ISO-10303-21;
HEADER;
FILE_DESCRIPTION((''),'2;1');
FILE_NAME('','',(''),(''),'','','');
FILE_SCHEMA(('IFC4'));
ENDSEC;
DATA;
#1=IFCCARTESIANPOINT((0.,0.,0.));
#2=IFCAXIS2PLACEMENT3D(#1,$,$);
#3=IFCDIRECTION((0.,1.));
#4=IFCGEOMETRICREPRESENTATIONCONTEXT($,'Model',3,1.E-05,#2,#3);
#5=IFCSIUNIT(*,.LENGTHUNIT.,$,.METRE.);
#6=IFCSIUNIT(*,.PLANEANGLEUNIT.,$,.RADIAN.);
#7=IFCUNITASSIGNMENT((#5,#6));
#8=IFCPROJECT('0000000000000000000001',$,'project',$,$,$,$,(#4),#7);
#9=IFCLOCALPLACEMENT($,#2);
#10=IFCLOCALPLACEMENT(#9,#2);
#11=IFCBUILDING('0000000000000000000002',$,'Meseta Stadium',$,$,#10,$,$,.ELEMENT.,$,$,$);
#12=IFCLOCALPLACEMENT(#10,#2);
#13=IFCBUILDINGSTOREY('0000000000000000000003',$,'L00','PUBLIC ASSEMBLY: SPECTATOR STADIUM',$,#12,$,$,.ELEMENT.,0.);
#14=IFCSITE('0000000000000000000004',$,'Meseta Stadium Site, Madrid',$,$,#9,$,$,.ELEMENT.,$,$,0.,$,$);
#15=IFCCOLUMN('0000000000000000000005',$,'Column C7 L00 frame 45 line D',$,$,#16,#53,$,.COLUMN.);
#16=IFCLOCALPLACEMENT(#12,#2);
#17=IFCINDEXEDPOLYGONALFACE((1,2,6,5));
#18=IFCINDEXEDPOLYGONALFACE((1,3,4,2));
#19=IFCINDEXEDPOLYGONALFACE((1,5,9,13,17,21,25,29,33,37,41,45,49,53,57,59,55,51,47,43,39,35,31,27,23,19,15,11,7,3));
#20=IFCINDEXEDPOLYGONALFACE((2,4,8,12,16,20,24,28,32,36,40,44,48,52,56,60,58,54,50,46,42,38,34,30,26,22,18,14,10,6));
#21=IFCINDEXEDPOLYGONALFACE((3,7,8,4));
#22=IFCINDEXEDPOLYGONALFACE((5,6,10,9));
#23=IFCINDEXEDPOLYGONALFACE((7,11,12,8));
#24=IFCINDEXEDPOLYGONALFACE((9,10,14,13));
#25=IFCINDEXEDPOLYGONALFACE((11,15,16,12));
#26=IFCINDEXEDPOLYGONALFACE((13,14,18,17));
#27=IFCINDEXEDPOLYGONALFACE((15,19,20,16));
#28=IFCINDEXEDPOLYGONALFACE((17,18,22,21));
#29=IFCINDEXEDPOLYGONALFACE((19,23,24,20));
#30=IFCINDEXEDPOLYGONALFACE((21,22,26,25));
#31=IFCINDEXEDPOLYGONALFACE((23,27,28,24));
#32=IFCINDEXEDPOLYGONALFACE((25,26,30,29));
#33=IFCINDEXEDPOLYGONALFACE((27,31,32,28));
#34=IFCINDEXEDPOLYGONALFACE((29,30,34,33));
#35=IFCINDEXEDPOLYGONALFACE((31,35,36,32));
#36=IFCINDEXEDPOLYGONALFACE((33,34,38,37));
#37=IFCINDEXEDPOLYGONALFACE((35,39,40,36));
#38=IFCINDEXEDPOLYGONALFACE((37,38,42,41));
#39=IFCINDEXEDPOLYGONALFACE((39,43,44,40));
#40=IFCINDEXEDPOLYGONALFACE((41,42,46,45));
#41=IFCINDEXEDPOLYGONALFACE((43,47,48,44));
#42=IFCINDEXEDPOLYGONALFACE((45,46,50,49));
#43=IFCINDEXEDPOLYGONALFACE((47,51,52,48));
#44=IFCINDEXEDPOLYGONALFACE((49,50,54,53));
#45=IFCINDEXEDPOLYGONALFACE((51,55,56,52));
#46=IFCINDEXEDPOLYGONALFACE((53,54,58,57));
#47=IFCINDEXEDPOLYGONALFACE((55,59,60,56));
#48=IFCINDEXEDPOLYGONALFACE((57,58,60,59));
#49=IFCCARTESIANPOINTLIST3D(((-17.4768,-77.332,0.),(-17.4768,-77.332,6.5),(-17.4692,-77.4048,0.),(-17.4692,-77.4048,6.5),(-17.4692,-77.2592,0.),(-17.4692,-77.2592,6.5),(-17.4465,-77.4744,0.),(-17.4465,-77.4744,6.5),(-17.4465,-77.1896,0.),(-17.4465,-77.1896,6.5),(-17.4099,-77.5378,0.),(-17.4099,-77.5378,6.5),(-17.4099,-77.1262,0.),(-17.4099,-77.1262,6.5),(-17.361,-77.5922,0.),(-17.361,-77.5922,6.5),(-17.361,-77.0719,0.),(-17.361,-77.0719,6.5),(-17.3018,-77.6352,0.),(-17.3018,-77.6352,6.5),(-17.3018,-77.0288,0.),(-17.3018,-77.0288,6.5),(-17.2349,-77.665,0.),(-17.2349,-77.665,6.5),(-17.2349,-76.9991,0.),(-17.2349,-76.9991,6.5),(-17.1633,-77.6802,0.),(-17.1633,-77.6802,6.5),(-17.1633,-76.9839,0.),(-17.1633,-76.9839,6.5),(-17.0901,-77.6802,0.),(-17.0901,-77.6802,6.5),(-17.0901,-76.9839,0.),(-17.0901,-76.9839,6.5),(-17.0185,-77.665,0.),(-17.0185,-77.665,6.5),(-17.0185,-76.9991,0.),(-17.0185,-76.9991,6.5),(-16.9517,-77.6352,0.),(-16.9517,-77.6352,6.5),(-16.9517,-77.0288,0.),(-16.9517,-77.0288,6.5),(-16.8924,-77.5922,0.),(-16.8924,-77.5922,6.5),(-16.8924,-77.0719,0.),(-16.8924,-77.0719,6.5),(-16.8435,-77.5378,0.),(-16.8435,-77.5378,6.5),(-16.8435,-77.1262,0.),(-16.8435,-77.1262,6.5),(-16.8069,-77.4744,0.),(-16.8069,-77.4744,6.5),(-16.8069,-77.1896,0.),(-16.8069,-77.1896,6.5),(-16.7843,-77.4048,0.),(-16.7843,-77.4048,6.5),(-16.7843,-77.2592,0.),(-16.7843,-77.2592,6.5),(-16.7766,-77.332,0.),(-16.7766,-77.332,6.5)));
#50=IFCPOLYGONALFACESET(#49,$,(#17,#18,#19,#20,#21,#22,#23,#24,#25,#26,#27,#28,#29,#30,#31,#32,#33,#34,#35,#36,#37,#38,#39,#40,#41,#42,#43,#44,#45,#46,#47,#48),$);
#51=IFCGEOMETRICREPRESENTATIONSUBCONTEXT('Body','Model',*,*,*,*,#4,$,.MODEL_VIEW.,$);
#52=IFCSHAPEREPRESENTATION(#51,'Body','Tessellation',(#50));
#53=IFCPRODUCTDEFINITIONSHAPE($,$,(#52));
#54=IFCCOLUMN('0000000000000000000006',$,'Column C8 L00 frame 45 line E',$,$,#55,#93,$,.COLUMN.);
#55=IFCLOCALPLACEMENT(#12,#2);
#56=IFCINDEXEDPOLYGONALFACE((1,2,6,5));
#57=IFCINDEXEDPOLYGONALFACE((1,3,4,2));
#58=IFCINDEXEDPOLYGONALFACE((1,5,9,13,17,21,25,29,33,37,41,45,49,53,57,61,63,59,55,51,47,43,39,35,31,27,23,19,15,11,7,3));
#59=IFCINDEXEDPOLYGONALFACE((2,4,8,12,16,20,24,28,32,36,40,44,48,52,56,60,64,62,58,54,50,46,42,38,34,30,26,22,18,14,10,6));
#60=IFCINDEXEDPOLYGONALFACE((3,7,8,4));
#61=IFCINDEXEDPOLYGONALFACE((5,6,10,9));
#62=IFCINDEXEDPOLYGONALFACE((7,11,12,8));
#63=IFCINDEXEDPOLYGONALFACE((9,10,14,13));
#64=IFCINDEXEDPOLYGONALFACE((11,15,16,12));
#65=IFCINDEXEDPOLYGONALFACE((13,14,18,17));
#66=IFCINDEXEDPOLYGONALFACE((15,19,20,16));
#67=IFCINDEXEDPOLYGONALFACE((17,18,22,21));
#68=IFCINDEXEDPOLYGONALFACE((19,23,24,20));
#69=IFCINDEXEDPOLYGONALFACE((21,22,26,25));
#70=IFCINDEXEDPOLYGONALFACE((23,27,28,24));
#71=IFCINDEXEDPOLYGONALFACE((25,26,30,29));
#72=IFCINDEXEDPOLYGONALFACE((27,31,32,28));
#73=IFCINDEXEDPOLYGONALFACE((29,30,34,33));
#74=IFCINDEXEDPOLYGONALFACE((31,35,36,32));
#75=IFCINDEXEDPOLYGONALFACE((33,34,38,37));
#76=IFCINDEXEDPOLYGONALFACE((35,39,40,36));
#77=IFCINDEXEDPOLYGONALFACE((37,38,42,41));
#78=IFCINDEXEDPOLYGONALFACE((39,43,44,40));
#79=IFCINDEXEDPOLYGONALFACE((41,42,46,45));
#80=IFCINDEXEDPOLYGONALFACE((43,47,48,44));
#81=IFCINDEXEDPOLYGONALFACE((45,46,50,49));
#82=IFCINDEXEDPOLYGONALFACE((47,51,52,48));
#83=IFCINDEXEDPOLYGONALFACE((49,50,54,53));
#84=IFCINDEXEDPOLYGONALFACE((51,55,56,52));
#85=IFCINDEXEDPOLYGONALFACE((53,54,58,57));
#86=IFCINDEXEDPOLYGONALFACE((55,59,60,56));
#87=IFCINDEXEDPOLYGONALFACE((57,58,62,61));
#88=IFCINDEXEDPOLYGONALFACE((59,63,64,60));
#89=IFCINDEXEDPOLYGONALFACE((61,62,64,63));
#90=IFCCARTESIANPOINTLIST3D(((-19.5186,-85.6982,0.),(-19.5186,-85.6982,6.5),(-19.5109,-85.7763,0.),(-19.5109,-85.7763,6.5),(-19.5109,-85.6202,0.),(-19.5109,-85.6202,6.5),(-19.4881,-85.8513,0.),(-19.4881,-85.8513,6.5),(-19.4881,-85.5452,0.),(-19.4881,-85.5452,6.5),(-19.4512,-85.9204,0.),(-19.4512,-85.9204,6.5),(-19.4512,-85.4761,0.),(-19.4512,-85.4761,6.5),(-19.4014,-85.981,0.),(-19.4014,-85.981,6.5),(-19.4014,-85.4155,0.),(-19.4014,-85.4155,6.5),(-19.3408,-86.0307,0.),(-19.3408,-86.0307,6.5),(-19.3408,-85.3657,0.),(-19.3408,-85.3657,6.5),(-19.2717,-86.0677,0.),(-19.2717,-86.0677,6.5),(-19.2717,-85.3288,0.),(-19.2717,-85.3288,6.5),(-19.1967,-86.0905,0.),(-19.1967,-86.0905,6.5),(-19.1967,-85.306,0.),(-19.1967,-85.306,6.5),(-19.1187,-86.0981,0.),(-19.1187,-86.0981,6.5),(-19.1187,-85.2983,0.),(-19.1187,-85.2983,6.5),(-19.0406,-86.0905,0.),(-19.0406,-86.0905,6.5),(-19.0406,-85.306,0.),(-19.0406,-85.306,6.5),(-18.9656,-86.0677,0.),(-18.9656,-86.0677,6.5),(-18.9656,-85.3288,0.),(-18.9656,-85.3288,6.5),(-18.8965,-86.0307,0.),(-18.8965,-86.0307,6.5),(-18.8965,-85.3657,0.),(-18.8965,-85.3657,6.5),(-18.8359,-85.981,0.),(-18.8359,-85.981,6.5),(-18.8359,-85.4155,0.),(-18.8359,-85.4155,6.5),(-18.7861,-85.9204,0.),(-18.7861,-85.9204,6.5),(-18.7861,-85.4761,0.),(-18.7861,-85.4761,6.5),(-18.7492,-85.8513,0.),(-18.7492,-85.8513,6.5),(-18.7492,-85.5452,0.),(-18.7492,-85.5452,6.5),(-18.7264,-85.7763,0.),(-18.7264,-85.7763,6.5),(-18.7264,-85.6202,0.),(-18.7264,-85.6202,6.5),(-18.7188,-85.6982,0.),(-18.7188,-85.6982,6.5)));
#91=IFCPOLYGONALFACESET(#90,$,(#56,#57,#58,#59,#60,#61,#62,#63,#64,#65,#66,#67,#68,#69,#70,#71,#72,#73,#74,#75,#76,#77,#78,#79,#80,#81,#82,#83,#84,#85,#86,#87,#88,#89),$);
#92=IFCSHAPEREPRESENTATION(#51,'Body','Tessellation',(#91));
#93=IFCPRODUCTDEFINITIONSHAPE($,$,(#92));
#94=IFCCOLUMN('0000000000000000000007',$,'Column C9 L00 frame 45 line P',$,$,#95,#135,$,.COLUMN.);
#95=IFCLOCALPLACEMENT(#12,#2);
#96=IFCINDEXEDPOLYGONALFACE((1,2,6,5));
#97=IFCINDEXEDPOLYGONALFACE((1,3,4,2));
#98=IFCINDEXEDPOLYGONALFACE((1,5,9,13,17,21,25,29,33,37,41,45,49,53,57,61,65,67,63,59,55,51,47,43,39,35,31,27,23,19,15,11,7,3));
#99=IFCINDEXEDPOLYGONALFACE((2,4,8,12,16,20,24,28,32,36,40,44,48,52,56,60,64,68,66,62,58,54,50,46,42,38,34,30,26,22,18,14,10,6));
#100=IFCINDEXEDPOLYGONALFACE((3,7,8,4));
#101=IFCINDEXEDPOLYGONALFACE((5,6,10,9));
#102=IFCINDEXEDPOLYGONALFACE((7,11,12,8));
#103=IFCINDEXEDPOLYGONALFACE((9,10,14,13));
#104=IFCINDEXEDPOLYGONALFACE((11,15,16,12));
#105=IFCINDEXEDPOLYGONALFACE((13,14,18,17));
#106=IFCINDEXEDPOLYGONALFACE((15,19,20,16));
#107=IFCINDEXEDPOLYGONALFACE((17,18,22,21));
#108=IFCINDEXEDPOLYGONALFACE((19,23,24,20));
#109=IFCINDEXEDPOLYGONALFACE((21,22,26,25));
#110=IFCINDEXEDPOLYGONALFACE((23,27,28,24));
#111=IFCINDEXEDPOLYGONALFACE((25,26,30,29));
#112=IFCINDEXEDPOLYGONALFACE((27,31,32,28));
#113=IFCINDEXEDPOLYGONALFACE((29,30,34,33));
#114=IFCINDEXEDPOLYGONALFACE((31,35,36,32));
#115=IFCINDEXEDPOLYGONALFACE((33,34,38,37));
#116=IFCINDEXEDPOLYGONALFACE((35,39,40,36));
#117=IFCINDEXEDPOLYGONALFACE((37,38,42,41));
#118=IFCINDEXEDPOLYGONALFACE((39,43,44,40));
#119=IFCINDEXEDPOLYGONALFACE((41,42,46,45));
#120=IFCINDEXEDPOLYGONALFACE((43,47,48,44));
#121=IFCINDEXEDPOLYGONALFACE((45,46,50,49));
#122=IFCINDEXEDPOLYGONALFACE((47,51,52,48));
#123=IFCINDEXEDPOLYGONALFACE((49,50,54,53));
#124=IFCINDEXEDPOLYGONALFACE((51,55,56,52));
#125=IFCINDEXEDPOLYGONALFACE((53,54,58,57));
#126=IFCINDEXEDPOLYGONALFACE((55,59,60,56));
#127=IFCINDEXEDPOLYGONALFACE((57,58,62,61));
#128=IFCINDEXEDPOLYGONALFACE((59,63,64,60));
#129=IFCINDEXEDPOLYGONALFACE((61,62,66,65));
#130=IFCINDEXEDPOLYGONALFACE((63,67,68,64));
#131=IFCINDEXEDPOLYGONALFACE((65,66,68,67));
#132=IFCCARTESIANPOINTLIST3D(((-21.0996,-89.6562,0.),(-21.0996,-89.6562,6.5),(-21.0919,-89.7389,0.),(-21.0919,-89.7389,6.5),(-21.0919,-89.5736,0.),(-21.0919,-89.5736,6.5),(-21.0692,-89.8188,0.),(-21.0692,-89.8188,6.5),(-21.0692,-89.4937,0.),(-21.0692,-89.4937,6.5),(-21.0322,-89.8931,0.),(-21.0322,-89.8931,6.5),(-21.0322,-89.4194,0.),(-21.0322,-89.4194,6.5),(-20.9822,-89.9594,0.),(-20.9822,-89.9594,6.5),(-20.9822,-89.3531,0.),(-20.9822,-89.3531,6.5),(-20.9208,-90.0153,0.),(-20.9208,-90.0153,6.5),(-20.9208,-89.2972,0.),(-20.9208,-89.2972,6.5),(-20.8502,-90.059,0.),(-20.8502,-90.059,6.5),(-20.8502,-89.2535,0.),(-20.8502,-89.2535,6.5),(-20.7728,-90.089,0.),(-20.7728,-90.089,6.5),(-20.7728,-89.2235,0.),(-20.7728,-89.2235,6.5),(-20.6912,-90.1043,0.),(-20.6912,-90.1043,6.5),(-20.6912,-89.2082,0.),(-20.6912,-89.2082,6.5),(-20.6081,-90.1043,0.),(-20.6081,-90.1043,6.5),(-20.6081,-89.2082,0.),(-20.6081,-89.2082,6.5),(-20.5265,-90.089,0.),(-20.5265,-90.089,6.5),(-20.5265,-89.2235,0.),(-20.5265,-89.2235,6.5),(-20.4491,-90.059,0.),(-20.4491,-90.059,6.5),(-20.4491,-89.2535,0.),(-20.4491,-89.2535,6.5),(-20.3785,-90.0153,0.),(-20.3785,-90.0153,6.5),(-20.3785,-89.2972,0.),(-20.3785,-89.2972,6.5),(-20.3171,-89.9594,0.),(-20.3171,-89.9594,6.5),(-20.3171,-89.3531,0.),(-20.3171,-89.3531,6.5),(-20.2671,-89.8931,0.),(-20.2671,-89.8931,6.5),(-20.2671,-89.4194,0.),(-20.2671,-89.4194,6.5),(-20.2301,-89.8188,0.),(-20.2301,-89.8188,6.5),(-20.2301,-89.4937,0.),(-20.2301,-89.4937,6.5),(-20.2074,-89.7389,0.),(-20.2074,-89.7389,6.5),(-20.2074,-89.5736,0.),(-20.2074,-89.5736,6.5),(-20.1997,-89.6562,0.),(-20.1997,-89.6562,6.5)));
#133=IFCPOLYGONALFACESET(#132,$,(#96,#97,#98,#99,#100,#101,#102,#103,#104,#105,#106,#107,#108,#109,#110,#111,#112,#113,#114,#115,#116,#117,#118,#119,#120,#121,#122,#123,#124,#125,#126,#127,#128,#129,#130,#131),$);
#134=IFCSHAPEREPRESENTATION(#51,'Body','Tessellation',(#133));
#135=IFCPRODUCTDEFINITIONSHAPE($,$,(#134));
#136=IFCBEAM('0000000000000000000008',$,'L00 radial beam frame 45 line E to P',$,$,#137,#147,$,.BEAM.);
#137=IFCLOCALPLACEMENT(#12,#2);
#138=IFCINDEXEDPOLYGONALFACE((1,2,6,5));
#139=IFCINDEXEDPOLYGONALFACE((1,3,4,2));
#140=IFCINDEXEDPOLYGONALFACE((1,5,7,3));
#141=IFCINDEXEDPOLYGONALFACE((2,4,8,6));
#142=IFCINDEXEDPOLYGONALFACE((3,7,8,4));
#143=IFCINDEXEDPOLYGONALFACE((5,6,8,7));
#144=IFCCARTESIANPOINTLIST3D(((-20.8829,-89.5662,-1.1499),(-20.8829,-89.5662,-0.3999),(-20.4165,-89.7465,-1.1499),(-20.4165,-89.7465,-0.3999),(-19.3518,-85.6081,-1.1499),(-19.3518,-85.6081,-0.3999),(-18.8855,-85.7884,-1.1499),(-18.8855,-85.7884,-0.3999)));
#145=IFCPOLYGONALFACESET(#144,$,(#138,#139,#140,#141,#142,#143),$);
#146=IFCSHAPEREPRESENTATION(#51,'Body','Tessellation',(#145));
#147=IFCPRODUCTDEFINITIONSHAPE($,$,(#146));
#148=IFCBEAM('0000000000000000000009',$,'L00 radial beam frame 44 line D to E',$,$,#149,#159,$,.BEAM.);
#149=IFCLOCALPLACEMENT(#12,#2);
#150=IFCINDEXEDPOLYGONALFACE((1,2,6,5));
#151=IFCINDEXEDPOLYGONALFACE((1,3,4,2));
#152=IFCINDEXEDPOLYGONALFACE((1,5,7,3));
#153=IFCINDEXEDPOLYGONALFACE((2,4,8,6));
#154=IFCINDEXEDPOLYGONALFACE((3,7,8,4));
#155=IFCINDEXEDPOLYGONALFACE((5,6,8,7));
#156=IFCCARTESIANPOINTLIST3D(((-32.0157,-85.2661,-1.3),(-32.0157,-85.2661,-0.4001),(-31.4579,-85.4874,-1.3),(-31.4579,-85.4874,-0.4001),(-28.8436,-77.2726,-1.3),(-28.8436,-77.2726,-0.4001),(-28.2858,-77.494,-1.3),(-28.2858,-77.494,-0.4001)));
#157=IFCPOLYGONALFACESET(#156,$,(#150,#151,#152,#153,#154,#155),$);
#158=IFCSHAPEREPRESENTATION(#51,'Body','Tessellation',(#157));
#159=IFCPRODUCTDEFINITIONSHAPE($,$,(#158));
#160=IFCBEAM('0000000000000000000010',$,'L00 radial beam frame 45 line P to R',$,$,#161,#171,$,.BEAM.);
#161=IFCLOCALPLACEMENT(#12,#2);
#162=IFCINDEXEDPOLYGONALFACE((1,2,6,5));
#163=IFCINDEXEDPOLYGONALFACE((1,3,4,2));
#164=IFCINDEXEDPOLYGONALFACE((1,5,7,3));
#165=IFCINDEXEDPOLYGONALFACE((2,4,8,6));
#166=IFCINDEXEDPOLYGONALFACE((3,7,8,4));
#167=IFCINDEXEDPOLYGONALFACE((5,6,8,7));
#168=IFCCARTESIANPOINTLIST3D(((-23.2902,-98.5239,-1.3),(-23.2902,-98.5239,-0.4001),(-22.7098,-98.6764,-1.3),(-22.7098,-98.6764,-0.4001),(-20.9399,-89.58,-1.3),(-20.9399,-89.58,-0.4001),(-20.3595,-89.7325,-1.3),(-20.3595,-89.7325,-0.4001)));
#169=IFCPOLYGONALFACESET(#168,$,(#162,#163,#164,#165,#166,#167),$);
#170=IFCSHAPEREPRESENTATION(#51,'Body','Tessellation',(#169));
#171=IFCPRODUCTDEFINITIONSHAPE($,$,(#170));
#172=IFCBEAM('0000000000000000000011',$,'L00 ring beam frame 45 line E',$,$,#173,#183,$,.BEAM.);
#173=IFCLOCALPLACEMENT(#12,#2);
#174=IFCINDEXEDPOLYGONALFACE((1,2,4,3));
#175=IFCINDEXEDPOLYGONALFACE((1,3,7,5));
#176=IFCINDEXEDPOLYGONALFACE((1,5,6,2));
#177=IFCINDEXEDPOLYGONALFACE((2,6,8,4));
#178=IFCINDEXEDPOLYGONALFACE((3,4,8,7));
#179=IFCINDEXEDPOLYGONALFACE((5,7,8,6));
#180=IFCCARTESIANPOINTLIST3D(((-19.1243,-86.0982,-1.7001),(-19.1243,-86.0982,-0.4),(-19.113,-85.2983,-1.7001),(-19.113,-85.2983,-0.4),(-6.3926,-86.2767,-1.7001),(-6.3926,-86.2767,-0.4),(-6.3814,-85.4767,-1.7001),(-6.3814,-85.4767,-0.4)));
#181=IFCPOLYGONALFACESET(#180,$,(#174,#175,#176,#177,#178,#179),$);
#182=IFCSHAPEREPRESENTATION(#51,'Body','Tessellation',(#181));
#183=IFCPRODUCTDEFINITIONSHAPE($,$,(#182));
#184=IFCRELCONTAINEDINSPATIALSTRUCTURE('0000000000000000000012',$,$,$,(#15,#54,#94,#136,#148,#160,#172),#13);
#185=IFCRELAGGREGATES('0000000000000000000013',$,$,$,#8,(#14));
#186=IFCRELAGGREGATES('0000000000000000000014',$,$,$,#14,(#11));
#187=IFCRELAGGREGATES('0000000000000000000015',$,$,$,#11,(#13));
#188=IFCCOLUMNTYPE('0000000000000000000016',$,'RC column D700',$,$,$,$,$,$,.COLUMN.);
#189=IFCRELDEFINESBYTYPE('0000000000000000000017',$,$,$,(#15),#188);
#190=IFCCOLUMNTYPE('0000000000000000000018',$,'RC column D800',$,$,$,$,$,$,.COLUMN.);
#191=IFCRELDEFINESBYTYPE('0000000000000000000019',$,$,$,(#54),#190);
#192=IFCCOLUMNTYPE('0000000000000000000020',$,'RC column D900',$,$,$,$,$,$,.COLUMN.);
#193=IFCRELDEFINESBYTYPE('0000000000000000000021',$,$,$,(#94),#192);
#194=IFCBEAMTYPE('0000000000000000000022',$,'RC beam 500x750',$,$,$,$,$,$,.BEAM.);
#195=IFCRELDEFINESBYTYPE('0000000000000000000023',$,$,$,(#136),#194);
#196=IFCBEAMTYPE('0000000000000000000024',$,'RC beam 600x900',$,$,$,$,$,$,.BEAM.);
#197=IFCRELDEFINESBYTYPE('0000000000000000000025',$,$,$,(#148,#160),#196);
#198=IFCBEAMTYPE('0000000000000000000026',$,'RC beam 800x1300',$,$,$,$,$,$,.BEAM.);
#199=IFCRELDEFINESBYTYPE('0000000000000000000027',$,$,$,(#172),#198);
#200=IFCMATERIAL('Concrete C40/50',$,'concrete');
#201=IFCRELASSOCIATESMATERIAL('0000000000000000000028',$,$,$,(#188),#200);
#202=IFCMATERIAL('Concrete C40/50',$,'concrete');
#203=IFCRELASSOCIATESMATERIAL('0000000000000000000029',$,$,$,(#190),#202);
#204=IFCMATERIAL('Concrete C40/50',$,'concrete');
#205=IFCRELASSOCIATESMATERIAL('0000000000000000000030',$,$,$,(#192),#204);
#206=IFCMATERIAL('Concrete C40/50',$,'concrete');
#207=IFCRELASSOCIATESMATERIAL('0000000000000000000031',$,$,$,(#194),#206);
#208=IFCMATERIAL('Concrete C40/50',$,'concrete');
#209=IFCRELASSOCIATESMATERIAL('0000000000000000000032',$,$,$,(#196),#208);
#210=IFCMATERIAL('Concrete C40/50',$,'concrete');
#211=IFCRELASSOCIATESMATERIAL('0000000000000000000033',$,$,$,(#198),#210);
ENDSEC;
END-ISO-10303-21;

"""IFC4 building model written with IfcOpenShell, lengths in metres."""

from ifc_helpers import new_model, si_unit, direction, frame, origin, origin_2d, place, context, subcontext, project, spatial, rectangle, circle, extrude, material, material_profile, profile_set, type_object, element, save


model = new_model("IFC4")

# Units and contexts
model_context = context("Model", 3, precision=1e-05, world=origin(), true_north=direction((0.0, 1.0)))
body_context = subcontext(model_context, "Body", "Model", "MODEL_VIEW")
ifc_project = project(units=[si_unit("LENGTHUNIT", "METRE"), si_unit("PLANEANGLEUNIT", "RADIAN")], contexts=[model_context])

# Site, building, storey
site_placement = place(None, origin())
site = spatial("IfcSite", under=ifc_project, at=site_placement, Name="Meseta Stadium Site, Madrid", CompositionType="ELEMENT", RefElevation=0.0)
building_placement = place(site_placement, origin())
building = spatial("IfcBuilding", under=site, at=building_placement, Name="Meseta Stadium", CompositionType="ELEMENT")
storey_placement = place(building_placement, origin())
storey = spatial("IfcBuildingStorey", under=building, at=storey_placement, Name="L00", Description="PUBLIC ASSEMBLY: SPECTATOR STADIUM", CompositionType="ELEMENT", Elevation=0.0)

# Columns
ifc_material_1 = material(Name="Concrete C40/50", Category="concrete")
ifc_material_profile_1 = material_profile(ifc_material_1, circle(Radius=0.3501, at=origin_2d()), Name="RC D700")
ifc_profile_set_1 = profile_set([ifc_material_profile_1], Name="Concrete C40/50")
column_type_1 = type_object("IfcColumnType", Name="RC column D700", PredefinedType="COLUMN", material=ifc_profile_set_1)
column_1_placement = place(storey_placement, frame((-17.1267, -77.332, 0.0), z_axis=(0.0, 0.0, 1.0), x_axis=(1.0, 0.0, 0.0)))
element("IfcColumn", 1, at=column_1_placement, inside=storey, type_object=column_type_1, Name="Column C7 L00 frame 45 line D", PredefinedType="COLUMN", context=body_context, shape_type="SweptSolid", body=[
    extrude(circle(Radius=0.3501, at=origin_2d()), origin(), (0.0, 0.0, 1.0), 6.5),
])
ifc_material_2 = material(Name="Concrete C40/50", Category="concrete")
ifc_material_profile_2 = material_profile(ifc_material_2, circle(Radius=0.3999, at=origin_2d()), Name="RC D800")
ifc_profile_set_2 = profile_set([ifc_material_profile_2], Name="Concrete C40/50")
column_type_2 = type_object("IfcColumnType", Name="RC column D800", PredefinedType="COLUMN", material=ifc_profile_set_2)
column_2_placement = place(storey_placement, frame((-19.1187, -85.6982, 0.0), z_axis=(0.0, 0.0, 1.0), x_axis=(1.0, 0.0, 0.0)))
element("IfcColumn", 2, at=column_2_placement, inside=storey, type_object=column_type_2, Name="Column C8 L00 frame 45 line E", PredefinedType="COLUMN", context=body_context, shape_type="SweptSolid", body=[
    extrude(circle(Radius=0.3999, at=origin_2d()), origin(), (0.0, 0.0, 1.0), 6.5),
])
ifc_material_3 = material(Name="Concrete C40/50", Category="concrete")
ifc_material_profile_3 = material_profile(ifc_material_3, circle(Radius=0.45, at=origin_2d()), Name="RC D900")
ifc_profile_set_3 = profile_set([ifc_material_profile_3], Name="Concrete C40/50")
column_type_3 = type_object("IfcColumnType", Name="RC column D900", PredefinedType="COLUMN", material=ifc_profile_set_3)
column_3_placement = place(storey_placement, frame((-20.6497, -89.6562, 0.0), z_axis=(0.0, 0.0, 1.0), x_axis=(1.0, 0.0, 0.0)))
element("IfcColumn", 3, at=column_3_placement, inside=storey, type_object=column_type_3, Name="Column C9 L00 frame 45 line P", PredefinedType="COLUMN", context=body_context, shape_type="SweptSolid", body=[
    extrude(circle(Radius=0.45, at=origin_2d()), origin(), (0.0, 0.0, 1.0), 6.5),
])

# Beams
ifc_material_4 = material(Name="Concrete C40/50", Category="concrete")
ifc_material_profile_4 = material_profile(ifc_material_4, rectangle(XDim=0.5, YDim=0.75, at=origin_2d()), Name="RC 500x750")
ifc_profile_set_4 = profile_set([ifc_material_profile_4], Name="Concrete C40/50")
beam_type_1 = type_object("IfcBeamType", Name="RC beam 500x750", PredefinedType="BEAM", material=ifc_profile_set_4)
beam_1_placement = place(storey_placement, frame((-19.1187, -85.6982, -0.7749), z_axis=(-0.360763, -0.932657, 0.0), x_axis=(0.932657, -0.360763, 0.0)))
element("IfcBeam", 4, at=beam_1_placement, inside=storey, type_object=beam_type_1, Name="L00 radial beam frame 45 line E to P", PredefinedType="BEAM", context=body_context, shape_type="SweptSolid", body=[
    extrude(rectangle(XDim=0.5, YDim=0.75, at=origin_2d()), origin(), (0.0, 0.0, 1.0), 4.2439),
])
ifc_material_5 = material(Name="Concrete C40/50", Category="concrete")
ifc_material_profile_5 = material_profile(ifc_material_5, rectangle(XDim=0.6001, YDim=0.8999, at=origin_2d()), Name="RC 600x900")
ifc_profile_set_5 = profile_set([ifc_material_profile_5], Name="Concrete C40/50")
beam_type_2 = type_object("IfcBeamType", Name="RC beam 600x900", PredefinedType="BEAM", material=ifc_profile_set_5)
beam_2_placement = place(storey_placement, frame((-28.5647, -77.3833, -0.8501), z_axis=(-0.368859, -0.929485, 0.0), x_axis=(0.929485, -0.368859, 0.0)))
element("IfcBeam", 5, at=beam_2_placement, inside=storey, type_object=beam_type_2, Name="L00 radial beam frame 44 line D to E", PredefinedType="BEAM", context=body_context, shape_type="SweptSolid", body=[
    extrude(rectangle(XDim=0.6001, YDim=0.8999, at=origin_2d()), origin(), (0.0, 0.0, 1.0), 8.5999),
])
beam_3_placement = place(storey_placement, frame((-20.6497, -89.6562, -0.8501), z_axis=(-0.254159, -0.967162, 0.0), x_axis=(0.967162, -0.254159, 0.0)))
element("IfcBeam", 6, at=beam_3_placement, inside=storey, type_object=beam_type_2, Name="L00 radial beam frame 45 line P to R", PredefinedType="BEAM", context=body_context, shape_type="SweptSolid", body=[
    extrude(rectangle(XDim=0.6001, YDim=0.8999, at=origin_2d()), origin(), (0.0, 0.0, 1.0), 9.2476),
])
ifc_material_6 = material(Name="Concrete C40/50", Category="concrete")
ifc_material_profile_6 = material_profile(ifc_material_6, rectangle(XDim=0.8, YDim=1.3, at=origin_2d()), Name="RC 800x1300")
ifc_profile_set_6 = profile_set([ifc_material_profile_6], Name="Concrete C40/50")
beam_type_3 = type_object("IfcBeamType", Name="RC beam 800x1300", PredefinedType="BEAM", material=ifc_profile_set_6)
beam_4_placement = place(storey_placement, frame((-19.1187, -85.6982, -1.05), z_axis=(0.999902, -0.014016, 0.0), x_axis=(0.014016, 0.999902, 0.0)))
element("IfcBeam", 7, at=beam_4_placement, inside=storey, type_object=beam_type_3, Name="L00 ring beam frame 45 line E", PredefinedType="BEAM", context=body_context, shape_type="SweptSolid", body=[
    extrude(rectangle(XDim=0.8, YDim=1.3, at=origin_2d()), origin(), (0.0, 0.0, 1.0), 12.7329),
])

save(model, "model.ifc")
